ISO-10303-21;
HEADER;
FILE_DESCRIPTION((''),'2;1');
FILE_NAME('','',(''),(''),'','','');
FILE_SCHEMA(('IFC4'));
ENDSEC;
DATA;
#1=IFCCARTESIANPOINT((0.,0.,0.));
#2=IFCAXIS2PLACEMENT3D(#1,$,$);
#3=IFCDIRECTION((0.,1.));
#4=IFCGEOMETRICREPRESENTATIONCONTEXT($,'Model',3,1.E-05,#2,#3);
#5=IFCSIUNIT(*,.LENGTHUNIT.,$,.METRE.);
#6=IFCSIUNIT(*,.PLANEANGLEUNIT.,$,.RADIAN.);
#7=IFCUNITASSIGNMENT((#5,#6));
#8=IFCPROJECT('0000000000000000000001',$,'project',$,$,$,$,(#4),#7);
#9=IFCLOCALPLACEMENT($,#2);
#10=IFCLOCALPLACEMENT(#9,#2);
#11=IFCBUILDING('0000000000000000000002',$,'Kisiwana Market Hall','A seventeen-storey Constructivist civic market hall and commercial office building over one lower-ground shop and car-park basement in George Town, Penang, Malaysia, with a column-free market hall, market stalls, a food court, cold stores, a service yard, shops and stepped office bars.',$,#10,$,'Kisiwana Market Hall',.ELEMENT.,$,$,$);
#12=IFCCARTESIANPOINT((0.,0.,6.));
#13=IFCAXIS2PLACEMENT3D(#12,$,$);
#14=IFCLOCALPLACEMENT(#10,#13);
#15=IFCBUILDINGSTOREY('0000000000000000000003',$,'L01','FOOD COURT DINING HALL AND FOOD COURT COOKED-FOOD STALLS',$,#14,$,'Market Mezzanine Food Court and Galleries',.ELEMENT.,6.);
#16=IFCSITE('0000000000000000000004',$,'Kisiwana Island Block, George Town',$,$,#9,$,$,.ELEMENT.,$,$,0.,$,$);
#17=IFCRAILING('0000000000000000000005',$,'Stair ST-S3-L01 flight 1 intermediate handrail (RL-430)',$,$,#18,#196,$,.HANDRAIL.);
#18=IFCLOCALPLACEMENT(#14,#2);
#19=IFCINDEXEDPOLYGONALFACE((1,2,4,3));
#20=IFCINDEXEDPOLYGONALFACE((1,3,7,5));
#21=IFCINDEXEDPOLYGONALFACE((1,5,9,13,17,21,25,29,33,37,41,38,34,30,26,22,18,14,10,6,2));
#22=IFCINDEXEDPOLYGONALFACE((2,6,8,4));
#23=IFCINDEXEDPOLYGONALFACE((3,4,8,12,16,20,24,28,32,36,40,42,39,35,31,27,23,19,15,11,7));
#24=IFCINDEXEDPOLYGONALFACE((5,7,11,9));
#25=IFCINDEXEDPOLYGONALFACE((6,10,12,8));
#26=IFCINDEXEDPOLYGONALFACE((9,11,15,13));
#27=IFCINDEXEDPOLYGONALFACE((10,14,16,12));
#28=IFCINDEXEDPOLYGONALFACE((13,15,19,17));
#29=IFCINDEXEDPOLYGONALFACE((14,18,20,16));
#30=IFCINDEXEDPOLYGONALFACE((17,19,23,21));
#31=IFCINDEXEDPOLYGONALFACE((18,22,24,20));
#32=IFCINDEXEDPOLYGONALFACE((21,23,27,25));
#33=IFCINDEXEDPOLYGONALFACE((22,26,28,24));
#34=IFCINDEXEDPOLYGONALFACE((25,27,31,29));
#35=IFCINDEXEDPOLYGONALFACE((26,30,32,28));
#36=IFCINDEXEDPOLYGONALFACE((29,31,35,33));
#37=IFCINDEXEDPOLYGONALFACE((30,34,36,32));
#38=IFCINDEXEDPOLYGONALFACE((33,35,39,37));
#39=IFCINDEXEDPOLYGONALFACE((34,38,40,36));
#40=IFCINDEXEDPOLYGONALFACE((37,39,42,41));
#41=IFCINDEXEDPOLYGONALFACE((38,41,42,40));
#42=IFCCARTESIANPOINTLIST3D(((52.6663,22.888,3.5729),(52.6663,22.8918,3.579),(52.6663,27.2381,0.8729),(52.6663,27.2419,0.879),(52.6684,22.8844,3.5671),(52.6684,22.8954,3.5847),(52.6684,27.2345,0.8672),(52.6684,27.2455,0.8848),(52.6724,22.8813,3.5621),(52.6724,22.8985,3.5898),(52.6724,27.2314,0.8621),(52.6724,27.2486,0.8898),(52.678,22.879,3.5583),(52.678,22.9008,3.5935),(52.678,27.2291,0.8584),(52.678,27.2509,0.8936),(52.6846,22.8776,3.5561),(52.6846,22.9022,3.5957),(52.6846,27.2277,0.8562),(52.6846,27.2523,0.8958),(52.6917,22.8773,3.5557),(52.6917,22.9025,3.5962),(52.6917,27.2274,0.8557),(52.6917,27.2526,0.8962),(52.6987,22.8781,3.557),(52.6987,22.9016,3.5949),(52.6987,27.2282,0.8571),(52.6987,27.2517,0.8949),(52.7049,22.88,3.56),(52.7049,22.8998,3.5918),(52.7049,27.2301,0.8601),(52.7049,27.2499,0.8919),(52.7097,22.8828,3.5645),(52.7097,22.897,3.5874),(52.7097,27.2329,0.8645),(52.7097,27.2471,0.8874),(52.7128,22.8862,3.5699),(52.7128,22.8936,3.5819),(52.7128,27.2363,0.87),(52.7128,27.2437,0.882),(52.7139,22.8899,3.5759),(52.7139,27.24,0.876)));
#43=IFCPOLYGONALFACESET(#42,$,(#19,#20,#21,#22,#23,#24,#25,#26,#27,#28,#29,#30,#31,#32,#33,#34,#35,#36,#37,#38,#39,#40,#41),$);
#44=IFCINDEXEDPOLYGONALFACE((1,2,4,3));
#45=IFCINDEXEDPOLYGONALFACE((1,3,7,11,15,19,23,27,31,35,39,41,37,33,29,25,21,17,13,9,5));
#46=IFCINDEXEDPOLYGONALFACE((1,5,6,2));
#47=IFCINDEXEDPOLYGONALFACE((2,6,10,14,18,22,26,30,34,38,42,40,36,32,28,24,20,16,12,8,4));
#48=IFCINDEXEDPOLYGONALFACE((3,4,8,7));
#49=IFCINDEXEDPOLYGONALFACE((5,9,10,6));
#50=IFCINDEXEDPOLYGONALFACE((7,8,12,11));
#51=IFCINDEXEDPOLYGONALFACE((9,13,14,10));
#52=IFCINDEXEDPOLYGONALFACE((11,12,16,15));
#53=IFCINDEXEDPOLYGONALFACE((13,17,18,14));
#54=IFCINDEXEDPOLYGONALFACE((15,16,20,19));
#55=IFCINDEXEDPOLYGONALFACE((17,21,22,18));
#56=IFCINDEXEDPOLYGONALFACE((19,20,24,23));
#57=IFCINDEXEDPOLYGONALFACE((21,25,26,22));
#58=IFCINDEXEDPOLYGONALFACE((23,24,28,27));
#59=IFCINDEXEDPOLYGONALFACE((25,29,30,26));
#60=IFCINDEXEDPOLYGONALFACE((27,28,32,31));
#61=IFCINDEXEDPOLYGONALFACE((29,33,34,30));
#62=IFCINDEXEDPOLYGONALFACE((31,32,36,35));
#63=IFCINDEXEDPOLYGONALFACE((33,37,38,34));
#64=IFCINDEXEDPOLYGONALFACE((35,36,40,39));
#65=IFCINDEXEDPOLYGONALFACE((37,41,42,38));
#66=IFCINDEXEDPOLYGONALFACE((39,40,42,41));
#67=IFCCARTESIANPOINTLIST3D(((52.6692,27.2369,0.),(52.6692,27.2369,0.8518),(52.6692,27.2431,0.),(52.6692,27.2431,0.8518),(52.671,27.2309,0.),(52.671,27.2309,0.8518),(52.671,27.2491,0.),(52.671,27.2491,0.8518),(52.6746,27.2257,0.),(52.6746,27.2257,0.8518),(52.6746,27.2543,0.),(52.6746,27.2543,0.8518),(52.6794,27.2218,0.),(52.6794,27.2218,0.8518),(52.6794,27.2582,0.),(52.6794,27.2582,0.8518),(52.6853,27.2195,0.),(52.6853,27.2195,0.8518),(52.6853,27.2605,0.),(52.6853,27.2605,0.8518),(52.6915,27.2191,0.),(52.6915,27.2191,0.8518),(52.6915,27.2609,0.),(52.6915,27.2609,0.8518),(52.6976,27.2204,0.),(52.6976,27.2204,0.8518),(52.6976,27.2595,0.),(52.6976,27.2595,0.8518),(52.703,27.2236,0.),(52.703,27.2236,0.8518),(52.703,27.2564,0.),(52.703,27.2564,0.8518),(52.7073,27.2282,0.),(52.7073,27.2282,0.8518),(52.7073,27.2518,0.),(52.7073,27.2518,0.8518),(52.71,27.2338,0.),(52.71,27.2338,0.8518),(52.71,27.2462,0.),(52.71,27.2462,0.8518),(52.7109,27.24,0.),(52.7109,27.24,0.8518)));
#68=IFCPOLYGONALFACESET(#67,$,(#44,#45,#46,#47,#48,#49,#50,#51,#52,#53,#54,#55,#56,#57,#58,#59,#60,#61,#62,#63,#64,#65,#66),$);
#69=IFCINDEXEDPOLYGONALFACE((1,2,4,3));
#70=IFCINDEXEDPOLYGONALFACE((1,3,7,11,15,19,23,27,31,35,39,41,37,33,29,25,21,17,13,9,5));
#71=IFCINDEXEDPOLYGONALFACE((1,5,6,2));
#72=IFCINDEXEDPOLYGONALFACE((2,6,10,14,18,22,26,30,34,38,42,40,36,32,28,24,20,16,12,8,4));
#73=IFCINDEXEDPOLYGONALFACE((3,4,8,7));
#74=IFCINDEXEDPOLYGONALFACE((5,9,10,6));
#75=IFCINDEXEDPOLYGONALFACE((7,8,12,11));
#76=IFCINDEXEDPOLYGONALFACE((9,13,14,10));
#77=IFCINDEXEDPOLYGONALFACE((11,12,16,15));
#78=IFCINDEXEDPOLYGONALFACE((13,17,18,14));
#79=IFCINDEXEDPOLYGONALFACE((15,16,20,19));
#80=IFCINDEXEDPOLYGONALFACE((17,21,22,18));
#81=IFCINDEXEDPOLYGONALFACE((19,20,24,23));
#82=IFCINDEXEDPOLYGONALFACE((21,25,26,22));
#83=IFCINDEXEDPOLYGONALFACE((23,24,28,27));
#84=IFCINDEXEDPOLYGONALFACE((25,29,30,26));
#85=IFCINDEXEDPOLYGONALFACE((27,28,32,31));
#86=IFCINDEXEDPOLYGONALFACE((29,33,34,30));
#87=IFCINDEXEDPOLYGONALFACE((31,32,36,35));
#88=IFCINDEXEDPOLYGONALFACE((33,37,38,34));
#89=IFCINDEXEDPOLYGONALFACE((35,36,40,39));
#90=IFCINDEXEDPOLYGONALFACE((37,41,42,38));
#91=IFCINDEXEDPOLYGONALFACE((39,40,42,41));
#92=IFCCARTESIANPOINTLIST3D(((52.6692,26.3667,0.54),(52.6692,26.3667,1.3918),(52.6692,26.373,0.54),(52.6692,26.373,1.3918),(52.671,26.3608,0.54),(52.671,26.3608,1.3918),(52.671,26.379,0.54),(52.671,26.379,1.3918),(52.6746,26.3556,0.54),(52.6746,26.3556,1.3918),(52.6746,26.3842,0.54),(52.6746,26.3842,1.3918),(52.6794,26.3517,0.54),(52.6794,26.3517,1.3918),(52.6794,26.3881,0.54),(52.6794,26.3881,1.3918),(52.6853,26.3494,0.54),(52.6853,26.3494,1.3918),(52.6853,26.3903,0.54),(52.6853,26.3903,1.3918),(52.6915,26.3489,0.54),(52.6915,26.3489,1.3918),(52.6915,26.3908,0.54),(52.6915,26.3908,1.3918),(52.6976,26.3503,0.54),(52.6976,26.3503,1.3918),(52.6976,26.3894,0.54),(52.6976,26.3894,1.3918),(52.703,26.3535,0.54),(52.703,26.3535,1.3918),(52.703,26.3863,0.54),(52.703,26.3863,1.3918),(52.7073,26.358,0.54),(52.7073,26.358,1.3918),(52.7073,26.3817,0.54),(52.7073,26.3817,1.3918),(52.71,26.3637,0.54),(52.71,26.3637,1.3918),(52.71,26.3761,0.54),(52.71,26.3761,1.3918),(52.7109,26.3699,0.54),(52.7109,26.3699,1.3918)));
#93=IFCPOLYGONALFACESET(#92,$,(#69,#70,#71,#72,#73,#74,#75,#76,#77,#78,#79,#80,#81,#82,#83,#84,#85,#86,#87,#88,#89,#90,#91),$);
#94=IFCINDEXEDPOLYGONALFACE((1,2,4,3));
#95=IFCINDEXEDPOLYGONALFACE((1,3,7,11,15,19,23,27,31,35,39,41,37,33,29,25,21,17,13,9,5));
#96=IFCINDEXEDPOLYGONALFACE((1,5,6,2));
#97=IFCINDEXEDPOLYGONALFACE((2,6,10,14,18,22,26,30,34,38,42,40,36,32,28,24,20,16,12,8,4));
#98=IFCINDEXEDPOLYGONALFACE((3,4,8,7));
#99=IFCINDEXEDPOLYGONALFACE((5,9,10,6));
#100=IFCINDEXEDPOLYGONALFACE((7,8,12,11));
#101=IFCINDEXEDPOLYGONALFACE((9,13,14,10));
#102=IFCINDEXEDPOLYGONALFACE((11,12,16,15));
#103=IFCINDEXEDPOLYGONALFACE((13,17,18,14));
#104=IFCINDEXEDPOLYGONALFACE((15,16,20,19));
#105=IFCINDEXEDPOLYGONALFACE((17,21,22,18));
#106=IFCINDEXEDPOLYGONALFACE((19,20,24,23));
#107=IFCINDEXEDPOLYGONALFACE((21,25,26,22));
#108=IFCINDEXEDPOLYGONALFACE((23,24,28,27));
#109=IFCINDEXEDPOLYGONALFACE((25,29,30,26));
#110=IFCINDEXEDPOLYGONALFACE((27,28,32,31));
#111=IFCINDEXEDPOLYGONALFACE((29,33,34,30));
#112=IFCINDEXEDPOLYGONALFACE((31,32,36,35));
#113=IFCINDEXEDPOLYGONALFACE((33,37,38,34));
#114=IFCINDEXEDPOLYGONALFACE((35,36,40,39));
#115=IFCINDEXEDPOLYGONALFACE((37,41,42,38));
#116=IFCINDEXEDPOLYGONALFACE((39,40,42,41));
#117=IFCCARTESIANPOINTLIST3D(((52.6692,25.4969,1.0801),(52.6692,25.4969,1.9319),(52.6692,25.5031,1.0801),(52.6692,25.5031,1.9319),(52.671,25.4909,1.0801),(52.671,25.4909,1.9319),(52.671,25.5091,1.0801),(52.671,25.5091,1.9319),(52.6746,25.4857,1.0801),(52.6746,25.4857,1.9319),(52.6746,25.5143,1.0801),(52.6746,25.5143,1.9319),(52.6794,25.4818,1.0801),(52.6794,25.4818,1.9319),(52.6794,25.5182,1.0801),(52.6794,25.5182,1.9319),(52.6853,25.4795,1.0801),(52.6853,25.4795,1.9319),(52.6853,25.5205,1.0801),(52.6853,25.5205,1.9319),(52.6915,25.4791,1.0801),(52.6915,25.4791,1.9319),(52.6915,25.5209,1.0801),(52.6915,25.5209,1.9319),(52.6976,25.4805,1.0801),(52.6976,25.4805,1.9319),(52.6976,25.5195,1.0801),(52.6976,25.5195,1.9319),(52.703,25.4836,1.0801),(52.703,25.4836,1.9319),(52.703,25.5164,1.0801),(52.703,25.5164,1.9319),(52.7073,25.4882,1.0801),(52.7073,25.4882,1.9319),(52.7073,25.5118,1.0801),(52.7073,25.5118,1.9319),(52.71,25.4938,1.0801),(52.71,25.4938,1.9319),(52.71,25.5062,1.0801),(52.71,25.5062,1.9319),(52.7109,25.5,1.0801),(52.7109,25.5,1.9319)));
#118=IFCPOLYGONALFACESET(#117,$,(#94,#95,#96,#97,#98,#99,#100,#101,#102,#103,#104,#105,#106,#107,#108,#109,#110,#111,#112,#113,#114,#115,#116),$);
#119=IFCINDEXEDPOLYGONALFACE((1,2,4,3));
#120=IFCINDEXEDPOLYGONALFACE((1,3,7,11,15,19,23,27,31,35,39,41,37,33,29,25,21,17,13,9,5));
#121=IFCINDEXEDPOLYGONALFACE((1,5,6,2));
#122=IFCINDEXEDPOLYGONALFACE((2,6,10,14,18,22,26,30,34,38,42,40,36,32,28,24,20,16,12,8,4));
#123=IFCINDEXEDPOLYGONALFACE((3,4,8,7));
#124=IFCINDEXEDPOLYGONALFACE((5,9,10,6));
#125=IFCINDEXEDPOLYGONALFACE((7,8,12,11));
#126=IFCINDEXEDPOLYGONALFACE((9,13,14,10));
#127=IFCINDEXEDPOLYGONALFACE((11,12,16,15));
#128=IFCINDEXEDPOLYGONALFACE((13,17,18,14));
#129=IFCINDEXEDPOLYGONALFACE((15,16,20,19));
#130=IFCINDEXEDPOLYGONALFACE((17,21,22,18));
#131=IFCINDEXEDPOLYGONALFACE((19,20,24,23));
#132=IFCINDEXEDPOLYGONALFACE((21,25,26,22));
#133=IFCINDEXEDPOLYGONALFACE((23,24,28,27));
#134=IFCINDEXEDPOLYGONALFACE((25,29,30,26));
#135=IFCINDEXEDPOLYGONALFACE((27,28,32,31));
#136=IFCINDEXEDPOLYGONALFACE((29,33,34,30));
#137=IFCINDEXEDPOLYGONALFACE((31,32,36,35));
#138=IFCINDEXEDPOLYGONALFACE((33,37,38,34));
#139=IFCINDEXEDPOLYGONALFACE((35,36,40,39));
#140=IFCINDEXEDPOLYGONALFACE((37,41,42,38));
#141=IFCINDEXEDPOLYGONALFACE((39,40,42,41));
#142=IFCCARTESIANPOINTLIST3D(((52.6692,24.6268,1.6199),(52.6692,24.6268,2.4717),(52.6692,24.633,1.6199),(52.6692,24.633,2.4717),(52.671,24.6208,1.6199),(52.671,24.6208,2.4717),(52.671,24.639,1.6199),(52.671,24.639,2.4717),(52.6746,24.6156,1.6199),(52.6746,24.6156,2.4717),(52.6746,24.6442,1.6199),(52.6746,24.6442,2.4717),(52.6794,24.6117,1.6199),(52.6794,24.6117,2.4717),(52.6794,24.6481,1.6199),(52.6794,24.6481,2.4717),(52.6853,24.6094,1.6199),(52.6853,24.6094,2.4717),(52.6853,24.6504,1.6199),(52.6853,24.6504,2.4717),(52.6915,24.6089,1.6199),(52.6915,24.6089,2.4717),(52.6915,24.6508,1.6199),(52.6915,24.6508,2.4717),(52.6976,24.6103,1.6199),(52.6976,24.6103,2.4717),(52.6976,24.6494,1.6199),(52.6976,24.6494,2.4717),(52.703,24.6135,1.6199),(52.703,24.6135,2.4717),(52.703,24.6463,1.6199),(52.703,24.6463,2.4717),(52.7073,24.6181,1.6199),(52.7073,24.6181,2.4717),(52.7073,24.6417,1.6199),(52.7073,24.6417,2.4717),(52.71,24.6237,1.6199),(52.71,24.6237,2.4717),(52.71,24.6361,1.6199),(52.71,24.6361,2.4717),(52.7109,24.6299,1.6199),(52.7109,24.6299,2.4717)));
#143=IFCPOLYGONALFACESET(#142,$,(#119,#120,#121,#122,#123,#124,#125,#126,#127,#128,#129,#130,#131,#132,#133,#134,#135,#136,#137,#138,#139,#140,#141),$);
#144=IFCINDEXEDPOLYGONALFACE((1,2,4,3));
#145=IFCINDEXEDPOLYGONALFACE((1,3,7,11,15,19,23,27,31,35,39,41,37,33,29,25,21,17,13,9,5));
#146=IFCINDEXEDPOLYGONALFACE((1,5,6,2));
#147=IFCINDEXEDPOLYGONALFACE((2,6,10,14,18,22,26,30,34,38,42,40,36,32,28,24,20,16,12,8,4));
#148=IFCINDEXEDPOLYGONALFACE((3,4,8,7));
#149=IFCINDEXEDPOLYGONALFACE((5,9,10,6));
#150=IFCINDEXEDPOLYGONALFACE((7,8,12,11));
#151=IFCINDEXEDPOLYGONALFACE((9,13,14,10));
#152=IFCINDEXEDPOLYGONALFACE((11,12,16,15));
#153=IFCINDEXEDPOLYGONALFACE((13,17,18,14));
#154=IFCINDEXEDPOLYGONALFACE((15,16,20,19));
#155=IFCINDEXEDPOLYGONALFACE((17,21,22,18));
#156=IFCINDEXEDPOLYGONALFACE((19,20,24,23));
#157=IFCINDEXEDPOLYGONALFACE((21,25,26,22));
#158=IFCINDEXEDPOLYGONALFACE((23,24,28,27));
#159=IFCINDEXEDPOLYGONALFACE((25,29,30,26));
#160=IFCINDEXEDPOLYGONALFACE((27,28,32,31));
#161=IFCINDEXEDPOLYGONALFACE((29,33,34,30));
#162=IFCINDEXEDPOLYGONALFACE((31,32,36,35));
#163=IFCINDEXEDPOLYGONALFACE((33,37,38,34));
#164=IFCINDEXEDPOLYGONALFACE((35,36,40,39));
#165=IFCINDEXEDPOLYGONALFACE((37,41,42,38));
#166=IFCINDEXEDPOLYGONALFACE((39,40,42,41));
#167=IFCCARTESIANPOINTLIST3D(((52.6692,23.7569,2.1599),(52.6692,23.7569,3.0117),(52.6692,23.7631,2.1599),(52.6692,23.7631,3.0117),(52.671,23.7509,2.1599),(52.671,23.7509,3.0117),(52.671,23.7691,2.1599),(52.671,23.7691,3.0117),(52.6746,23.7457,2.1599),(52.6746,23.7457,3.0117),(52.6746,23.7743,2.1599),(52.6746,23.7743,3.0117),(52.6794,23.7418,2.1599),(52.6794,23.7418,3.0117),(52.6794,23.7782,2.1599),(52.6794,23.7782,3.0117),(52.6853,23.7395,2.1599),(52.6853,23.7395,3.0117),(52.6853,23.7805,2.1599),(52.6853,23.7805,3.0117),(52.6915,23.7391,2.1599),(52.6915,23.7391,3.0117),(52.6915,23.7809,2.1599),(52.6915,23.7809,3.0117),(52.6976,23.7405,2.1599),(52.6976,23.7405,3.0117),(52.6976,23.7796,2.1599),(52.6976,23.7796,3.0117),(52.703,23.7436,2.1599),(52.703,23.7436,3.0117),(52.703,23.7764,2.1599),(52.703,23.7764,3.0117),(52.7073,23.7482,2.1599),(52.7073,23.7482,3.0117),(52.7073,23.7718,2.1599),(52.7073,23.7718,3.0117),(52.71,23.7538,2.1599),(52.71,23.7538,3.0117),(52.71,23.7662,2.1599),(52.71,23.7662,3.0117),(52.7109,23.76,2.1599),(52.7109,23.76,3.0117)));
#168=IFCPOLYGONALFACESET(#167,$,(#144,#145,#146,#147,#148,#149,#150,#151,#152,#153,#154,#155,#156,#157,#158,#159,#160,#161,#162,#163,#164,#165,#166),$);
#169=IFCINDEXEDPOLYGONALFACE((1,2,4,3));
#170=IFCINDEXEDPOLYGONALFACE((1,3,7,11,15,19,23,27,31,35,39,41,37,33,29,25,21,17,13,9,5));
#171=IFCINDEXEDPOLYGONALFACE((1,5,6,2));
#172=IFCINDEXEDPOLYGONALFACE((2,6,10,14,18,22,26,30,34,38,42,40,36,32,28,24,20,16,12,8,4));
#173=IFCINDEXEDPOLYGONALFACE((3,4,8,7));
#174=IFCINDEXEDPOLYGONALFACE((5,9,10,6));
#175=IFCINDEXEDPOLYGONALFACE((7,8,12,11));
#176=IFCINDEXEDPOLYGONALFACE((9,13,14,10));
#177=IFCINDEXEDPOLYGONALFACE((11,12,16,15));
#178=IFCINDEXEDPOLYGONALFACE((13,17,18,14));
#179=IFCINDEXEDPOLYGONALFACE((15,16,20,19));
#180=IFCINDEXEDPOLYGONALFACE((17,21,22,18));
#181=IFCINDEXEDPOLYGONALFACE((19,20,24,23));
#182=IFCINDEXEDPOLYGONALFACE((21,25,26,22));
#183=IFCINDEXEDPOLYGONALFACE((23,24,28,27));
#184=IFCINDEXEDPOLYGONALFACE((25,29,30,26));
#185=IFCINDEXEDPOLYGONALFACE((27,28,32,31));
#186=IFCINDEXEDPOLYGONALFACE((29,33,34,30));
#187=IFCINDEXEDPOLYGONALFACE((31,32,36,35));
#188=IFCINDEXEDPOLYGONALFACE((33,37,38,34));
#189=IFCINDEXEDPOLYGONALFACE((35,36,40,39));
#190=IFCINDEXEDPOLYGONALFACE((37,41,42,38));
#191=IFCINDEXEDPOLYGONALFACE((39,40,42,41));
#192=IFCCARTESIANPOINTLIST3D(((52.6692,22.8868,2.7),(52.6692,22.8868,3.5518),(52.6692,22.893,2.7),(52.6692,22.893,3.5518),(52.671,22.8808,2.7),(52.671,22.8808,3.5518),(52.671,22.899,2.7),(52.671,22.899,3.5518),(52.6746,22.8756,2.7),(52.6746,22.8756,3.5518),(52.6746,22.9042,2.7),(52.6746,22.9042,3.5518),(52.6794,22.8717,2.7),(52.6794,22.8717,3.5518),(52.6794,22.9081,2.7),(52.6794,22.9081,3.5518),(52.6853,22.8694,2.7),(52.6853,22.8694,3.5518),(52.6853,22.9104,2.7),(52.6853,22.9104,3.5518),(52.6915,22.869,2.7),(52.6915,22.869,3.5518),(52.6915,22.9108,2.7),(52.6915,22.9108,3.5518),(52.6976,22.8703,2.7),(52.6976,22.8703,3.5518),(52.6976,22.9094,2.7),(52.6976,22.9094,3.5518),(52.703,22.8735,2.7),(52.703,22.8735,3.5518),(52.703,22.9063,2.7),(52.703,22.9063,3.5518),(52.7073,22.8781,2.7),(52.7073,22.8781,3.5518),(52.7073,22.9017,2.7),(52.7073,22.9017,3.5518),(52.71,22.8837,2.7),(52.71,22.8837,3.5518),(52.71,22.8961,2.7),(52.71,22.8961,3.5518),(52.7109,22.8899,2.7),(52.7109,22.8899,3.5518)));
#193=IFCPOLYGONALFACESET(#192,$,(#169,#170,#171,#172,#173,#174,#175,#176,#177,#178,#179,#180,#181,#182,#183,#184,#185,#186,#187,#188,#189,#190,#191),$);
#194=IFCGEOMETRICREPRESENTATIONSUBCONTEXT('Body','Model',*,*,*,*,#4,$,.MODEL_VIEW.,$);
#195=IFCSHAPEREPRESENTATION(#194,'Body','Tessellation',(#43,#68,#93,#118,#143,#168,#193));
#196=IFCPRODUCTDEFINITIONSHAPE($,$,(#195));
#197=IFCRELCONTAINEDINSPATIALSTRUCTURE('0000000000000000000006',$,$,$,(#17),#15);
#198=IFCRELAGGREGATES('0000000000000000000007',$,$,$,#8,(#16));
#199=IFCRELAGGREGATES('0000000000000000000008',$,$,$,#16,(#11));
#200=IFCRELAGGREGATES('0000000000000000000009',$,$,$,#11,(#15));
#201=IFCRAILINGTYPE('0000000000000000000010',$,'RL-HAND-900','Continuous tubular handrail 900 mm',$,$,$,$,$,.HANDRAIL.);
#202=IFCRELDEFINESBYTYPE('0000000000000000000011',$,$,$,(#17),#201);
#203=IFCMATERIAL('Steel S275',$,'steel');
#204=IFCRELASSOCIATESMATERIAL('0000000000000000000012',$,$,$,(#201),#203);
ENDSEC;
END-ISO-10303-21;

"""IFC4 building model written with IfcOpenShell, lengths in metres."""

from ifc_helpers import new_model, si_unit, direction, frame, origin, origin_2d, place, context, subcontext, project, spatial, circle, extrude, material, type_object, element, save


model = new_model("IFC4")

# Units and contexts
model_context = context("Model", 3, precision=1e-05, world=origin(), true_north=direction((0.0, 1.0)))
body_context = subcontext(model_context, "Body", "Model", "MODEL_VIEW")
ifc_project = project(units=[si_unit("LENGTHUNIT", "METRE"), si_unit("PLANEANGLEUNIT", "RADIAN")], contexts=[model_context])

# Site, building, storey
site_placement = place(None, origin())
site = spatial("IfcSite", under=ifc_project, at=site_placement, Name="Kisiwana Island Block, George Town", CompositionType="ELEMENT", RefElevation=0.0)
building_placement = place(site_placement, origin())
building = spatial("IfcBuilding", under=site, at=building_placement, Name="Kisiwana Market Hall", Description="A seventeen-storey Constructivist civic market hall and commercial office building over one lower-ground shop and car-park basement in George Town, Penang, Malaysia, with a column-free market hall, market stalls, a food court, cold stores, a service yard, shops and stepped office bars.", LongName="Kisiwana Market Hall", CompositionType="ELEMENT")
storey_placement = place(building_placement, frame((0.0, 0.0, 6.0)))
storey = spatial("IfcBuildingStorey", under=building, at=storey_placement, Name="L01", Description="FOOD COURT DINING HALL AND FOOD COURT COOKED-FOOD STALLS", LongName="Market Mezzanine Food Court and Galleries", CompositionType="ELEMENT", Elevation=6.0)

# Railing
ifc_material_1 = material(Name="Steel S275", Category="steel")
railing_type_1 = type_object("IfcRailingType", Name="RL-HAND-900", Description="Continuous tubular handrail 900 mm", PredefinedType="HANDRAIL", material=ifc_material_1)
railing_1_placement = place(storey_placement, frame((52.6899, 27.24, 0.0)))
element("IfcRailing", 1, at=railing_1_placement, inside=storey, type_object=railing_type_1, Name="Stair ST-S3-L01 flight 1 intermediate handrail (RL-430)", PredefinedType="HANDRAIL", context=body_context, shape_type="SweptSolid", body=[
    extrude(circle(Radius=0.0239, at=origin_2d()), frame((0.0, 0.0, 0.876), z_axis=(0.0, -0.84965, 0.527347), x_axis=(1.0, 0.0, 0.0)), (0.0, 0.0, 1.0), 5.1199),
    extrude(circle(Radius=0.021, at=origin_2d()), origin(), (0.0, 0.0, 1.0), 0.8518),
    extrude(circle(Radius=0.021, at=origin_2d()), frame((0.0, -0.8701, 0.54)), (0.0, 0.0, 1.0), 0.8518),
    extrude(circle(Radius=0.021, at=origin_2d()), frame((0.0, -1.74, 1.0801)), (0.0, 0.0, 1.0), 0.8518),
    extrude(circle(Radius=0.021, at=origin_2d()), frame((0.0, -2.6101, 1.6199)), (0.0, 0.0, 1.0), 0.8518),
    extrude(circle(Radius=0.021, at=origin_2d()), frame((0.0, -3.48, 2.1599)), (0.0, 0.0, 1.0), 0.8518),
    extrude(circle(Radius=0.021, at=origin_2d()), frame((0.0, -4.3501, 2.7)), (0.0, 0.0, 1.0), 0.8518),
])

save(model, "model.ifc")
